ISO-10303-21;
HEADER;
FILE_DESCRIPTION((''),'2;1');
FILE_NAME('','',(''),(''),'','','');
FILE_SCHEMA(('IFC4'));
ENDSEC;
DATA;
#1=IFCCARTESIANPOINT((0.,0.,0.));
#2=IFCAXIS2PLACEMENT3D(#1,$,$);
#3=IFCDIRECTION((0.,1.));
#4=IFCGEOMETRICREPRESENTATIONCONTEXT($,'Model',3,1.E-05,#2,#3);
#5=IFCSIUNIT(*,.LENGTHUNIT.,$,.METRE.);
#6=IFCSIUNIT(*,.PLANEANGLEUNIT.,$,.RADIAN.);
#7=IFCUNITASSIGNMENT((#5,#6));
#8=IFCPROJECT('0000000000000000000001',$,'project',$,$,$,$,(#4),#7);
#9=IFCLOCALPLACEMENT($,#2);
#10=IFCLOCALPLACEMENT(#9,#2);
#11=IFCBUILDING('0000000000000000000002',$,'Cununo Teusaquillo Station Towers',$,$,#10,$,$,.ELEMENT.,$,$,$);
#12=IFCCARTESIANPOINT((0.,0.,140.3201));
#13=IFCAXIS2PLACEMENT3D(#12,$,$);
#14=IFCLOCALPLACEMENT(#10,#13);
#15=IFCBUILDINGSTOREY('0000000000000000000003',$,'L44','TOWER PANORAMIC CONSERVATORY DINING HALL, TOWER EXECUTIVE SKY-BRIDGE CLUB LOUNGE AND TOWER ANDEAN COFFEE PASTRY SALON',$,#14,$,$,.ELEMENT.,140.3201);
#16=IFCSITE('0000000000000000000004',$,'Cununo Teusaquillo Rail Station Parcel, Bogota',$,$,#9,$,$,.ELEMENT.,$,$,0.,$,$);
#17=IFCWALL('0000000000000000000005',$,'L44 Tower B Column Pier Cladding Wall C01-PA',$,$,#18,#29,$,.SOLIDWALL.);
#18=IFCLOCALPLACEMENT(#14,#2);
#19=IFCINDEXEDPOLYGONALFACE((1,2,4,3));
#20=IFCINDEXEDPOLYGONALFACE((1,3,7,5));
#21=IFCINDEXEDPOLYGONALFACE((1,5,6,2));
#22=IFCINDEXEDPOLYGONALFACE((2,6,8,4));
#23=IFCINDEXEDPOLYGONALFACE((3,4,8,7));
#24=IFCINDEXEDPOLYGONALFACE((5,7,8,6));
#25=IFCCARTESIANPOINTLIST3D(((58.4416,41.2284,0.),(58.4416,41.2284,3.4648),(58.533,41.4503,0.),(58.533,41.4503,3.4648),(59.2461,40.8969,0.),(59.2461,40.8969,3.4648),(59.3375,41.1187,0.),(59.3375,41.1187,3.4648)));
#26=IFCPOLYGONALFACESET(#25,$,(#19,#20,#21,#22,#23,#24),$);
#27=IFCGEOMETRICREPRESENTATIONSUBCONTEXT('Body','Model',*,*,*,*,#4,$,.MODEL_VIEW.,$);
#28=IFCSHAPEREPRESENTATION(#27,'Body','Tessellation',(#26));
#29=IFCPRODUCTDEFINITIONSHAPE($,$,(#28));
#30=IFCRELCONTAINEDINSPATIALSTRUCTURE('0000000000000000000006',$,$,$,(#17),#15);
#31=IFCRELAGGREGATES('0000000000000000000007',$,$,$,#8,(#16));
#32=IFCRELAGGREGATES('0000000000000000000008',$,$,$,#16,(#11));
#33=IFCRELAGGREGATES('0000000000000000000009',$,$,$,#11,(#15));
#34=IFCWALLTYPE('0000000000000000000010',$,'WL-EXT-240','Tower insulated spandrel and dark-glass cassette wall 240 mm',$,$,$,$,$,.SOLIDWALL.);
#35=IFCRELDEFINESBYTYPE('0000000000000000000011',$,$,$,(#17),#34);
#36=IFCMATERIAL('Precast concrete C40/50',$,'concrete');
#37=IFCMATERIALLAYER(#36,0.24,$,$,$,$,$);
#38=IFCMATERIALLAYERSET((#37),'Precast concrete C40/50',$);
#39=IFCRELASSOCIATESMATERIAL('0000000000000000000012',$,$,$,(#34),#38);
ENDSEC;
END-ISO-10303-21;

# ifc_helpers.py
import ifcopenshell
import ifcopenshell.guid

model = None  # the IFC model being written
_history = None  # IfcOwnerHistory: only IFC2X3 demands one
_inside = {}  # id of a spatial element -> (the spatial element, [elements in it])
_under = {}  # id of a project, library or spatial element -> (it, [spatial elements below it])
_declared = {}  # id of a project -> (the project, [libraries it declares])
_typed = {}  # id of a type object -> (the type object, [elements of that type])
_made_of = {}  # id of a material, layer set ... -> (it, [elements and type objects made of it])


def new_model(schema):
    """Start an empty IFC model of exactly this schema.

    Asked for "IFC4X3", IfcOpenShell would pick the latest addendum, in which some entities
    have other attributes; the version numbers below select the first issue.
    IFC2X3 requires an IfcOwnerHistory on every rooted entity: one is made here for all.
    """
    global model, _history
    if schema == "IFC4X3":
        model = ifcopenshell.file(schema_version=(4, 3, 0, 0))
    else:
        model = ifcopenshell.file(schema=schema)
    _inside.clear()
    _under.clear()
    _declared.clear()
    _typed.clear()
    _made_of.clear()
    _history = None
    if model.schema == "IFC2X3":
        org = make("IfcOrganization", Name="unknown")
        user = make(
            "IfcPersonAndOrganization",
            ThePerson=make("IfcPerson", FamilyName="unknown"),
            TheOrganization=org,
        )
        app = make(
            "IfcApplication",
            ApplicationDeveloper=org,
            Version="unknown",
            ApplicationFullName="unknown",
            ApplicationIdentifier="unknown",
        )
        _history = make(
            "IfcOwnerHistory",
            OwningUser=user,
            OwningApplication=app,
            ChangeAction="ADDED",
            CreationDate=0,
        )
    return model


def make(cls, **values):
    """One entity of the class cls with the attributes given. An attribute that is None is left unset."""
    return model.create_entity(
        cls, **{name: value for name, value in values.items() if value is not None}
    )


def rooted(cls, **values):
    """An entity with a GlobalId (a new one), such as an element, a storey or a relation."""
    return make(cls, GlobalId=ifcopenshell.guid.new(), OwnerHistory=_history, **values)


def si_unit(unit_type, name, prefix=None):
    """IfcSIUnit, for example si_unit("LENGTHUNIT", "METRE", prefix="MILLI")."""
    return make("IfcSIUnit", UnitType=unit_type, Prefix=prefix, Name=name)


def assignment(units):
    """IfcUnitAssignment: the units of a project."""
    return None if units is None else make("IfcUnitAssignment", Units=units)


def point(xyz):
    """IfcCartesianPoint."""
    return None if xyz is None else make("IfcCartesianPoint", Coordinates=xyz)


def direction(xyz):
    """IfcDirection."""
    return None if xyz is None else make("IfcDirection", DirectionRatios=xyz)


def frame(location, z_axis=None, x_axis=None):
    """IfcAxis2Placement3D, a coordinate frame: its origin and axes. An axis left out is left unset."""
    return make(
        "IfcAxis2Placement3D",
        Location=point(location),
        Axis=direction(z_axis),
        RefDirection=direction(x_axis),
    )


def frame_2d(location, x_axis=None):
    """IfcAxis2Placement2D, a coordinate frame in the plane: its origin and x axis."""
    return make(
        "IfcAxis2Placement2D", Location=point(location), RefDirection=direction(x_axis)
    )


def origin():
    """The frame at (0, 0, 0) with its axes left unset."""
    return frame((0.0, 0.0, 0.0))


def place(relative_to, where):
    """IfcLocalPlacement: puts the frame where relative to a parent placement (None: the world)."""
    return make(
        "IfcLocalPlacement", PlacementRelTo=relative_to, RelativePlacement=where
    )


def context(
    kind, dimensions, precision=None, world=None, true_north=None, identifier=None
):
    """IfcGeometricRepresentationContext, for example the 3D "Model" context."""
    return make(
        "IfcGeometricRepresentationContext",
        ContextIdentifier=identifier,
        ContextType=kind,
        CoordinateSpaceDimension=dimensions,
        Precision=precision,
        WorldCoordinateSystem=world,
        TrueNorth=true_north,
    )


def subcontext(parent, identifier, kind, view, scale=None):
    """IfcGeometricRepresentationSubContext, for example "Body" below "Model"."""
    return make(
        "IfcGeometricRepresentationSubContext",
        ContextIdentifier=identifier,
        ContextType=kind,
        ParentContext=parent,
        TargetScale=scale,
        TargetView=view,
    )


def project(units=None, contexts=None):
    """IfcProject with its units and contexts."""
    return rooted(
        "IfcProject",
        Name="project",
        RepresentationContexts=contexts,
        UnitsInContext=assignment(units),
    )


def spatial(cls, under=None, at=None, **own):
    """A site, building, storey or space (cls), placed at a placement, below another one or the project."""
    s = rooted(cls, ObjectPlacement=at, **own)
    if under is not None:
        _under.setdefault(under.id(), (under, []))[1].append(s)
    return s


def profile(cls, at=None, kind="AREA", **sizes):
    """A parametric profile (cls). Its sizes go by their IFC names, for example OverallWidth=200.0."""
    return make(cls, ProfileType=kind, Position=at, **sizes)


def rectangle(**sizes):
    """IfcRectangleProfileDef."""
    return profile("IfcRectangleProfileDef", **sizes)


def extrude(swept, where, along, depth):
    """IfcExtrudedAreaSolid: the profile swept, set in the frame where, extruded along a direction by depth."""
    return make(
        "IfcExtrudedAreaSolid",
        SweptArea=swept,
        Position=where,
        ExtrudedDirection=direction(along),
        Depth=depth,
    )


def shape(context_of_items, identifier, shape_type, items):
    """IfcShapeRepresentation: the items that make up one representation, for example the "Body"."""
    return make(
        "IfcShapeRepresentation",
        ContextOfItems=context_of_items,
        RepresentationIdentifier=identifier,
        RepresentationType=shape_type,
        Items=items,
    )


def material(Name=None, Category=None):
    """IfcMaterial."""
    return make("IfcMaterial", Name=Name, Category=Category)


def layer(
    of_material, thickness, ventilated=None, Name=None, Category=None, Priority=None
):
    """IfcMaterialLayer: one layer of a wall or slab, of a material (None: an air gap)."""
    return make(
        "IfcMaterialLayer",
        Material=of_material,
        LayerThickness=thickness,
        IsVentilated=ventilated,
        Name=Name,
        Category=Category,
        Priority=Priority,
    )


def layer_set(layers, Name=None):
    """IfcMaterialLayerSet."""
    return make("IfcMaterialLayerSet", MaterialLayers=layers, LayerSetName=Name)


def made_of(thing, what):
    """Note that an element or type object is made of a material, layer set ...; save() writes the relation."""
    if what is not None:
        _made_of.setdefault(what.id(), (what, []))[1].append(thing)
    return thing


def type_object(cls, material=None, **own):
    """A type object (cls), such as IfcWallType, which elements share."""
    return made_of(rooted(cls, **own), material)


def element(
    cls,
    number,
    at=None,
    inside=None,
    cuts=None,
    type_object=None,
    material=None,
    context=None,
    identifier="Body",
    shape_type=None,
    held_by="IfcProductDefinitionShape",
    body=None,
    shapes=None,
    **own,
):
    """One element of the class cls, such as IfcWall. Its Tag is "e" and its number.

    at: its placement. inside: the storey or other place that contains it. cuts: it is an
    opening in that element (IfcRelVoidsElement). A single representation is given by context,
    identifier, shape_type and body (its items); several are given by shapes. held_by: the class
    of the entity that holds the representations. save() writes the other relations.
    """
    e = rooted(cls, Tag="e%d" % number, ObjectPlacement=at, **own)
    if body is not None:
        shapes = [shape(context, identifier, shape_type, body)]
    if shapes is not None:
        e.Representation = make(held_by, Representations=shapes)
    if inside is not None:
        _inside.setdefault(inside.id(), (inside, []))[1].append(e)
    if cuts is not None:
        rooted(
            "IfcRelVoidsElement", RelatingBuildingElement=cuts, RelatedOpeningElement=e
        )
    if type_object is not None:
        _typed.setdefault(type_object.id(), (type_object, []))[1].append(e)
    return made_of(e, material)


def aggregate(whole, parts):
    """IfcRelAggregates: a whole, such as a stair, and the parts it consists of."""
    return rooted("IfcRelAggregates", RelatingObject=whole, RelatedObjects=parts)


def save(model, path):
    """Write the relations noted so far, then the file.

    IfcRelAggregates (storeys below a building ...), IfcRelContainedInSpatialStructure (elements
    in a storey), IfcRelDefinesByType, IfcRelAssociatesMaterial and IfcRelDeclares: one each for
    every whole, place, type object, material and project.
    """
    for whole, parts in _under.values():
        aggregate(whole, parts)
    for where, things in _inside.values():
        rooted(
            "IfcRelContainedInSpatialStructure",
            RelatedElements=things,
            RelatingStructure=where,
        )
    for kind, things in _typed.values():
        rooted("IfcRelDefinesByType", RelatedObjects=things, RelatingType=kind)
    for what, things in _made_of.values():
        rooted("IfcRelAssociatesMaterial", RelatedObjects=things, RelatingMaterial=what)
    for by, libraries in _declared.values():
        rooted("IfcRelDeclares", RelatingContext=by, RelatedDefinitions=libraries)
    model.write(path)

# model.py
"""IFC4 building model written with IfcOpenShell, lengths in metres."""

from ifc_helpers import new_model, si_unit, direction, frame, frame_2d, origin, place, context, subcontext, project, spatial, rectangle, extrude, material, layer, layer_set, type_object, element, save


model = new_model("IFC4")

# Units and contexts
model_context = context("Model", 3, precision=1e-05, world=origin(), true_north=direction((0.0, 1.0)))
body_context = subcontext(model_context, "Body", "Model", "MODEL_VIEW")
ifc_project = project(units=[si_unit("LENGTHUNIT", "METRE"), si_unit("PLANEANGLEUNIT", "RADIAN")], contexts=[model_context])

# Site, building, storey
site_placement = place(None, origin())
site = spatial("IfcSite", under=ifc_project, at=site_placement, Name="Cununo Teusaquillo Rail Station Parcel, Bogota", CompositionType="ELEMENT", RefElevation=0.0)
building_placement = place(site_placement, origin())
building = spatial("IfcBuilding", under=site, at=building_placement, Name="Cununo Teusaquillo Station Towers", CompositionType="ELEMENT")
storey_placement = place(building_placement, frame((0.0, 0.0, 140.3201)))
storey = spatial("IfcBuildingStorey", under=building, at=storey_placement, Name="L44", Description="TOWER PANORAMIC CONSERVATORY DINING HALL, TOWER EXECUTIVE SKY-BRIDGE CLUB LOUNGE AND TOWER ANDEAN COFFEE PASTRY SALON", CompositionType="ELEMENT", Elevation=140.3201)

# Wall
ifc_material_1 = material(Name="Precast concrete C40/50", Category="concrete")
ifc_layer_1 = layer(ifc_material_1, 0.24)
ifc_layer_set_1 = layer_set([ifc_layer_1], Name="Precast concrete C40/50")
wall_type = type_object("IfcWallType", Name="WL-EXT-240", Description="Tower insulated spandrel and dark-glass cassette wall 240 mm", PredefinedType="SOLIDWALL", material=ifc_layer_set_1)
wall_1_placement = place(storey_placement, frame((58.4873, 41.3394, 0.0), z_axis=(0.0, 0.0, 1.0), x_axis=(0.924556, -0.381046, 0.0)))
element("IfcWall", 1, at=wall_1_placement, inside=storey, type_object=wall_type, Name="L44 Tower B Column Pier Cladding Wall C01-PA", PredefinedType="SOLIDWALL", context=body_context, shape_type="SweptSolid", body=[
    extrude(rectangle(XDim=0.8701, YDim=0.24, at=frame_2d((0.4351, 0.0))), origin(), (0.0, 0.0, 1.0), 3.4648),
])

save(model, "model.ifc")
